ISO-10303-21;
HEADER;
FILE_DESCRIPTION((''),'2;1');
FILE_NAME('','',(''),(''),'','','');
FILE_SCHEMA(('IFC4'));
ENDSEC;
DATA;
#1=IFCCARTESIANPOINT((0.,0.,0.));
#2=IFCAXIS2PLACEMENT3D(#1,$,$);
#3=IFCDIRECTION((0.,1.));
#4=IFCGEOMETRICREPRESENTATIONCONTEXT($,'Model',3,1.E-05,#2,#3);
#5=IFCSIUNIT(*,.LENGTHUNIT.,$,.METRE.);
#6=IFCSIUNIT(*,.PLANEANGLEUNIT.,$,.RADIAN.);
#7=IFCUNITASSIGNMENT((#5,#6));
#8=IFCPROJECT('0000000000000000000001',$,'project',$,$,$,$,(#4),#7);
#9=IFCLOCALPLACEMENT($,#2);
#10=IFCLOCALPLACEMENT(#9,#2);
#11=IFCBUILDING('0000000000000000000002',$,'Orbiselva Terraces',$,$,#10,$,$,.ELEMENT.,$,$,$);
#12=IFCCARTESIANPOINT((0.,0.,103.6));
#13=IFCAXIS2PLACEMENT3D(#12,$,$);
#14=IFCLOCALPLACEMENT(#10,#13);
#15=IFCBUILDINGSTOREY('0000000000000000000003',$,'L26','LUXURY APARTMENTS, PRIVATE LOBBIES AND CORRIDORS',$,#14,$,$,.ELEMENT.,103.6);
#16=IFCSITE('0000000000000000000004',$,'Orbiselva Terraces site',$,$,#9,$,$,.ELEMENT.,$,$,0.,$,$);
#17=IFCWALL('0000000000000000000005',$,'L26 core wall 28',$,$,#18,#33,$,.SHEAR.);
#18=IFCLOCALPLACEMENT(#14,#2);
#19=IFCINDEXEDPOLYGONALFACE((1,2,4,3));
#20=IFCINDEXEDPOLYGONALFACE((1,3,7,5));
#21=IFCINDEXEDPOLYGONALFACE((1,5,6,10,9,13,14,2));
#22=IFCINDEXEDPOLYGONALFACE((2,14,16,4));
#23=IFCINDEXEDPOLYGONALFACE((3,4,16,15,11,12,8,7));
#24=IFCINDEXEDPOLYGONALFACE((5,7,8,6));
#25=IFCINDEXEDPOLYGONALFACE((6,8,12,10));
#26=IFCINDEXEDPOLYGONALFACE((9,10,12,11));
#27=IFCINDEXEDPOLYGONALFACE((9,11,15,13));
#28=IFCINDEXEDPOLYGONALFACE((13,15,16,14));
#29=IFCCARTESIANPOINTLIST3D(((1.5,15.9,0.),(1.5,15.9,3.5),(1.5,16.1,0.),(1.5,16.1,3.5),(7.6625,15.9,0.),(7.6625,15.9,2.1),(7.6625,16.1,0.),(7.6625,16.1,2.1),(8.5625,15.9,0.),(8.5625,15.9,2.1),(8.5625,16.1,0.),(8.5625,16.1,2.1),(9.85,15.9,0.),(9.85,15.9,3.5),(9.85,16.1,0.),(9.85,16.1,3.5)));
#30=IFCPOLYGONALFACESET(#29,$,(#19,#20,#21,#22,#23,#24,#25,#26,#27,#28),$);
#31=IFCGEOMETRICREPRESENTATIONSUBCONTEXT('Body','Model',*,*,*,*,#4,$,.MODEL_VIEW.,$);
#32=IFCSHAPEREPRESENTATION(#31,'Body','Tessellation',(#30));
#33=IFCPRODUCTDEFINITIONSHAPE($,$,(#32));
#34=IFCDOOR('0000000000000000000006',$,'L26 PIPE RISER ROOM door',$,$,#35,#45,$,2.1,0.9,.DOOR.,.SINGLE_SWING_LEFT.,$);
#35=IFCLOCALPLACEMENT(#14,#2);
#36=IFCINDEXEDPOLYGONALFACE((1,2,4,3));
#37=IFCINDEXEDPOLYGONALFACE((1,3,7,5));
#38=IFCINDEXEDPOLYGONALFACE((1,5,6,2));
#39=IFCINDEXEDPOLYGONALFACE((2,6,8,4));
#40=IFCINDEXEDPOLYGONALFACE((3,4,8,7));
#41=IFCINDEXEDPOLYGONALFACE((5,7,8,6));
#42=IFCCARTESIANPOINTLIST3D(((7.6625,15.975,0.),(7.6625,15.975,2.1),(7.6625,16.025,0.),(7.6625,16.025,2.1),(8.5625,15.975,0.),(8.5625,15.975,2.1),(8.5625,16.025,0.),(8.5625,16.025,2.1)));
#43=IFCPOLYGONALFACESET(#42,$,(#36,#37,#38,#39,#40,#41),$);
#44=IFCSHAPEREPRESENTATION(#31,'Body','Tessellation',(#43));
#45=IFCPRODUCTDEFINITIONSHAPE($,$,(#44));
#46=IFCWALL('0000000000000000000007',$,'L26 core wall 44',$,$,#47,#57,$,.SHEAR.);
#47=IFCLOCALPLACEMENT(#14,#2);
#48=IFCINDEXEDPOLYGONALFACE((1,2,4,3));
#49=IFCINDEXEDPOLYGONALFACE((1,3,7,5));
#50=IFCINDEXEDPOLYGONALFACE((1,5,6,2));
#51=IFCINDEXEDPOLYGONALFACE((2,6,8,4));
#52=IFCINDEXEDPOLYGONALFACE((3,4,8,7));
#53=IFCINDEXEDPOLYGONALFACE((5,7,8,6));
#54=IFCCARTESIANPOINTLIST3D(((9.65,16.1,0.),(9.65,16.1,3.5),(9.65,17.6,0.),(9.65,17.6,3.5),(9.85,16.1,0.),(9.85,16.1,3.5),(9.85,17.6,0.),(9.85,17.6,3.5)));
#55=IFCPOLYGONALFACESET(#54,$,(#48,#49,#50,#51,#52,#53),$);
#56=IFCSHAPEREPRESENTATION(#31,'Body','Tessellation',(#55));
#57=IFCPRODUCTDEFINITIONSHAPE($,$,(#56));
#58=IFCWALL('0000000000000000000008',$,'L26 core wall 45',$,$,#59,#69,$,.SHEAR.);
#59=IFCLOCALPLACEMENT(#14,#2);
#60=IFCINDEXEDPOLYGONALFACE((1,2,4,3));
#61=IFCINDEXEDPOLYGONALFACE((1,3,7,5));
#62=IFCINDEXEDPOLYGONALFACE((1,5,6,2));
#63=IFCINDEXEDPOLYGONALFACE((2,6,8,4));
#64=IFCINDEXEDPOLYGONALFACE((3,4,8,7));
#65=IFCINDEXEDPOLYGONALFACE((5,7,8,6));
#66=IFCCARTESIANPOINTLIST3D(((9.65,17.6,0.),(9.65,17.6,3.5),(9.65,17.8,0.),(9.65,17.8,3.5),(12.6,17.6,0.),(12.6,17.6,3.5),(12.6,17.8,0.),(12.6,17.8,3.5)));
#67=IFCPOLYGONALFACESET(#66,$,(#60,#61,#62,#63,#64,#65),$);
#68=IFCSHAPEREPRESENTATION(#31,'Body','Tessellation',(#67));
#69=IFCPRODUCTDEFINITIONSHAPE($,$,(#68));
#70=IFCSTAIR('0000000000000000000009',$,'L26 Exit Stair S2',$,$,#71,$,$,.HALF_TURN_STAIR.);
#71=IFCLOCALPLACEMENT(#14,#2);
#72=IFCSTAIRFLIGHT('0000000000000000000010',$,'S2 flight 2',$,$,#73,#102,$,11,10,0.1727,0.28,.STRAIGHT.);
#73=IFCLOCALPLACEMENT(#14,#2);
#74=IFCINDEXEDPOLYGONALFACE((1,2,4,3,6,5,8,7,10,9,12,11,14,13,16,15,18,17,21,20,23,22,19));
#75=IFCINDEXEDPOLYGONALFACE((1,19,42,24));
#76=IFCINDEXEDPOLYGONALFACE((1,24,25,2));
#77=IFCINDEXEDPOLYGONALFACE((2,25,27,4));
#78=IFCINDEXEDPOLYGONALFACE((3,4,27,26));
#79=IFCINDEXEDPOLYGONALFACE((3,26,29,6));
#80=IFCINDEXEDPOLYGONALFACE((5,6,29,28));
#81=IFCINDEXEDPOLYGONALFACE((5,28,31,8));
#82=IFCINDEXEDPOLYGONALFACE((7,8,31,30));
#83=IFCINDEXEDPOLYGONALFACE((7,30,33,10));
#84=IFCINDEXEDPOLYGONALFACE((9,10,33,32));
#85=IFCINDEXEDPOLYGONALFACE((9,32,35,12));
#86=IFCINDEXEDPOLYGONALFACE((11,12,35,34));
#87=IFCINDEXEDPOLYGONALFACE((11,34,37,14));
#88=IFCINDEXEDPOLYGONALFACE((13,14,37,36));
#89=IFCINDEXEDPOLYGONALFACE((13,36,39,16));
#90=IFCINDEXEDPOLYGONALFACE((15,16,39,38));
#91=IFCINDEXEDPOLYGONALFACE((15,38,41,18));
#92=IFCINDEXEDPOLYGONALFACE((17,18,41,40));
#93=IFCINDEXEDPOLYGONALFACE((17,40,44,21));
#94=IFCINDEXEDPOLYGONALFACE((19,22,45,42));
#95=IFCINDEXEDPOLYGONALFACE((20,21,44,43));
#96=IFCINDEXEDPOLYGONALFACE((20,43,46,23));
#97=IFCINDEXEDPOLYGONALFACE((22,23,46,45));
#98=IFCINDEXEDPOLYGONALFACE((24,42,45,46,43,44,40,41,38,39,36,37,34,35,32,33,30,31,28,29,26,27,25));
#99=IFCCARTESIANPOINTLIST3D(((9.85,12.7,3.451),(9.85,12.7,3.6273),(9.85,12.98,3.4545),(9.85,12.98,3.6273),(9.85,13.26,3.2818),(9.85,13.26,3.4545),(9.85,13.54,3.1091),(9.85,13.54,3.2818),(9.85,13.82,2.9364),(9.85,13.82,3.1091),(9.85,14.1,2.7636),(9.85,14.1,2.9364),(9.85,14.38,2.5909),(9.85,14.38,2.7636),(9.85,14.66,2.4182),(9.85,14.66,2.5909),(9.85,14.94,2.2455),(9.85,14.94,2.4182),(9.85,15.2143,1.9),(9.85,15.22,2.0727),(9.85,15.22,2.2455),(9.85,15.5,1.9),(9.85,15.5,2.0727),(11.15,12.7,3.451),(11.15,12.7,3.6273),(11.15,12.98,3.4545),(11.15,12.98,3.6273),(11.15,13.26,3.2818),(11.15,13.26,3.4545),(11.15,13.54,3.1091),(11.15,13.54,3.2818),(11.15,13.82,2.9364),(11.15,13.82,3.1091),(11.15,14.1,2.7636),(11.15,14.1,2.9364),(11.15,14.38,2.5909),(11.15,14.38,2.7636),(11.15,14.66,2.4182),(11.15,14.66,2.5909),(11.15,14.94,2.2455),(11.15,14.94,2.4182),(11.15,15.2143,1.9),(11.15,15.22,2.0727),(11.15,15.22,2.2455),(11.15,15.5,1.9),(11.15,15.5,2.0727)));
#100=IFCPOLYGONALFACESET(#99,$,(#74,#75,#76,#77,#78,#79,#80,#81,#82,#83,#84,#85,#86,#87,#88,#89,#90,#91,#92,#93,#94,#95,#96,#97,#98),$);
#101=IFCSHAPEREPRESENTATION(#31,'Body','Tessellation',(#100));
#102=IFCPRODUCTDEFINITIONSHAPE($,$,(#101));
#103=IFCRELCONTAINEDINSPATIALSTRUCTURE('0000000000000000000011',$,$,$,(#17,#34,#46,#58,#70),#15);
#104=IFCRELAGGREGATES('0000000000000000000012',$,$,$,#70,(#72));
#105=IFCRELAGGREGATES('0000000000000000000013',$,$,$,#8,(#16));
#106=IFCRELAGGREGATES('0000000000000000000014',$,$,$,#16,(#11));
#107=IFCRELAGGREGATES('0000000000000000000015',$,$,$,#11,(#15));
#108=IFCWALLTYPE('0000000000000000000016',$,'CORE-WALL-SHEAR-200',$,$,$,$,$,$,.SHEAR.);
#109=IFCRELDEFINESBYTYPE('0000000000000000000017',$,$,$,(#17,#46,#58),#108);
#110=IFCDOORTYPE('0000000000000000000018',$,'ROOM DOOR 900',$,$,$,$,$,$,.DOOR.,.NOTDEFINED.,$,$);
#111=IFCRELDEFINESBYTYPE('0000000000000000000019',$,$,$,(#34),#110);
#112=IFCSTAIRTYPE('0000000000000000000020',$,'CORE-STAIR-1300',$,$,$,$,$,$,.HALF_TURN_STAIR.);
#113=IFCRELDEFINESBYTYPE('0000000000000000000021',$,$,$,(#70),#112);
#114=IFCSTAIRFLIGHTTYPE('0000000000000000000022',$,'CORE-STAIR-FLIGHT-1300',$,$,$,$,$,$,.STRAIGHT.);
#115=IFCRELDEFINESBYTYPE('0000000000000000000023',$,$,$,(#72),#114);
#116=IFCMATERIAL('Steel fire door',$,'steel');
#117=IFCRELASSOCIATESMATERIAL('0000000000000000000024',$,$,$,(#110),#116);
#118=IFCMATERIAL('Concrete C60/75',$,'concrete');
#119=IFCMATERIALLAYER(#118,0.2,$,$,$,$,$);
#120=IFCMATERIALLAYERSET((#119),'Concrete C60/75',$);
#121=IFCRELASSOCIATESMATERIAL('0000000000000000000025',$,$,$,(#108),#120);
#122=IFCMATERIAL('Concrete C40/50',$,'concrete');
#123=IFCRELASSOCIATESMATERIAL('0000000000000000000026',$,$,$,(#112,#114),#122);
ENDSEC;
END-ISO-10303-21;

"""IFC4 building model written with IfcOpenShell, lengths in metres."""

from ifc_helpers import new_model, si_unit, direction, frame, frame_2d, origin, place, context, subcontext, project, spatial, polyline, rectangle, outline, extrude, material, layer, layer_set, type_object, element, fill, aggregate, save


model = new_model("IFC4")

# Units and contexts
model_context = context("Model", 3, precision=1e-05, world=origin(), true_north=direction((0.0, 1.0)))
body_context = subcontext(model_context, "Body", "Model", "MODEL_VIEW")
ifc_project = project(units=[si_unit("LENGTHUNIT", "METRE"), si_unit("PLANEANGLEUNIT", "RADIAN")], contexts=[model_context])

# Site, building, storey
site_placement = place(None, origin())
site = spatial("IfcSite", under=ifc_project, at=site_placement, Name="Orbiselva Terraces site", CompositionType="ELEMENT", RefElevation=0.0)
building_placement = place(site_placement, origin())
building = spatial("IfcBuilding", under=site, at=building_placement, Name="Orbiselva Terraces", CompositionType="ELEMENT")
storey_placement = place(building_placement, frame((0.0, 0.0, 103.6)))
storey = spatial("IfcBuildingStorey", under=building, at=storey_placement, Name="L26", Description="LUXURY APARTMENTS, PRIVATE LOBBIES AND CORRIDORS", CompositionType="ELEMENT", Elevation=103.6)

# Shared definitions
ifc_material_1 = material(Name="Steel fire door", Category="steel")
door_type = type_object("IfcDoorType", Name="ROOM DOOR 900", OperationType="NOTDEFINED", PredefinedType="DOOR", material=ifc_material_1)

# Shared definitions
ifc_material_2 = material(Name="Concrete C40/50", Category="concrete")
ifc_material_3 = material(Name="Concrete C60/75", Category="concrete")
ifc_layer_1 = layer(ifc_material_3, 0.2)
ifc_layer_set_1 = layer_set([ifc_layer_1], Name="Concrete C60/75")
wall_type_1 = type_object("IfcWallType", Name="CORE-WALL-SHEAR-200", PredefinedType="SHEAR", material=ifc_layer_set_1)

# Wall, opening, door
wall_1_placement = place(storey_placement, frame((9.85, 16.0, 0.0), z_axis=(0.0, 0.0, 1.0), x_axis=(-1.0, 0.0, 0.0)))
wall_1 = element("IfcWall", 1, at=wall_1_placement, inside=storey, type_object=wall_type_1, Name="L26 core wall 28", PredefinedType="SHEAR", context=body_context, shape_type="SweptSolid", body=[
    extrude(rectangle(XDim=8.35, YDim=0.2, at=frame_2d((4.175, 0.0))), origin(), (0.0, 0.0, 1.0), 3.5),
])
opening_1_placement = place(wall_1_placement, frame((1.2875, 0.0, 0.0)))
opening_1 = element("IfcOpeningElement", 2, at=opening_1_placement, cuts=wall_1, PredefinedType="OPENING", context=body_context, shape_type="SweptSolid", body=[
    extrude(rectangle(XDim=0.9, YDim=2.1, at=frame_2d((0.45, 1.05))), frame((0.0, 0.11, 0.0), z_axis=(0.0, -1.0, 0.0), x_axis=(1.0, 0.0, 0.0)), (0.0, 0.0, 1.0), 0.22),
])
door_1_placement = place(opening_1_placement, origin())
door_1 = element("IfcDoor", 3, at=door_1_placement, inside=storey, type_object=door_type, Name="L26 PIPE RISER ROOM door", OperationType="SINGLE_SWING_LEFT", OverallHeight=2.1, OverallWidth=0.9, PredefinedType="DOOR", context=body_context, shape_type="SweptSolid", body=[
    extrude(rectangle(XDim=0.9, YDim=2.1, at=frame_2d((0.45, 1.05))), frame((0.0, 0.025, 0.0), z_axis=(0.0, -1.0, 0.0), x_axis=(1.0, 0.0, 0.0)), (0.0, 0.0, 1.0), 0.05),
])
fill(opening_1, door_1)

# Walls
wall_2_placement = place(storey_placement, frame((9.75, 16.1, 0.0), z_axis=(0.0, 0.0, 1.0), x_axis=(0.0, 1.0, 0.0)))
element("IfcWall", 4, at=wall_2_placement, inside=storey, type_object=wall_type_1, Name="L26 core wall 44", PredefinedType="SHEAR", context=body_context, shape_type="SweptSolid", body=[
    extrude(rectangle(XDim=1.5, YDim=0.2, at=frame_2d((0.75, 0.0))), origin(), (0.0, 0.0, 1.0), 3.5),
])
wall_3_placement = place(storey_placement, frame((9.65, 17.7, 0.0), z_axis=(0.0, 0.0, 1.0), x_axis=(1.0, 0.0, 0.0)))
element("IfcWall", 5, at=wall_3_placement, inside=storey, type_object=wall_type_1, Name="L26 core wall 45", PredefinedType="SHEAR", context=body_context, shape_type="SweptSolid", body=[
    extrude(rectangle(XDim=2.95, YDim=0.2, at=frame_2d((1.475, 0.0))), origin(), (0.0, 0.0, 1.0), 3.5),
])

# Stair, stair flight
stair_type = type_object("IfcStairType", Name="CORE-STAIR-1300", PredefinedType="HALF_TURN_STAIR", material=ifc_material_2)
stair_placement = place(storey_placement, origin())
stair = element("IfcStair", 6, at=stair_placement, inside=storey, type_object=stair_type, Name="L26 Exit Stair S2", PredefinedType="HALF_TURN_STAIR")
stair_flight_type = type_object("IfcStairFlightType", Name="CORE-STAIR-FLIGHT-1300", PredefinedType="STRAIGHT", material=ifc_material_2)
stair_flight_placement = place(storey_placement, frame((10.5, 15.5, 1.9), z_axis=(0.0, 0.0, 1.0), x_axis=(0.0, -1.0, 0.0)))
stair_flight = element("IfcStairFlight", 7, at=stair_flight_placement, type_object=stair_flight_type, Name="S2 flight 2", NumberOfRisers=11, NumberOfTreads=10, PredefinedType="STRAIGHT", RiserHeight=0.1727, TreadLength=0.28, context=body_context, shape_type="SweptSolid", body=[
    extrude(outline(polyline([(0.0, 0.0), (0.0, 0.1727), (0.28, 0.1727), (0.28, 0.3455), (0.56, 0.3455), (0.56, 0.5182), (0.84, 0.5182), (0.84, 0.6909), (1.12, 0.6909), (1.12, 0.8636), (1.4, 0.8636), (1.4, 1.0364), (1.68, 1.0364), (1.68, 1.2091), (1.96, 1.2091), (1.96, 1.3818), (2.24, 1.3818), (2.24, 1.5545), (2.52, 1.5545), (2.52, 1.7273), (2.8, 1.7273), (2.8, 1.9), (2.8, 1.551), (0.2857, 0.0), (0.0, 0.0)])), frame((0.0, 0.65, 0.0), z_axis=(0.0, -1.0, 0.0), x_axis=(1.0, 0.0, 0.0)), (0.0, 0.0, 1.0), 1.3),
])
aggregate(stair, [stair_flight])

save(model, "model.ifc")
